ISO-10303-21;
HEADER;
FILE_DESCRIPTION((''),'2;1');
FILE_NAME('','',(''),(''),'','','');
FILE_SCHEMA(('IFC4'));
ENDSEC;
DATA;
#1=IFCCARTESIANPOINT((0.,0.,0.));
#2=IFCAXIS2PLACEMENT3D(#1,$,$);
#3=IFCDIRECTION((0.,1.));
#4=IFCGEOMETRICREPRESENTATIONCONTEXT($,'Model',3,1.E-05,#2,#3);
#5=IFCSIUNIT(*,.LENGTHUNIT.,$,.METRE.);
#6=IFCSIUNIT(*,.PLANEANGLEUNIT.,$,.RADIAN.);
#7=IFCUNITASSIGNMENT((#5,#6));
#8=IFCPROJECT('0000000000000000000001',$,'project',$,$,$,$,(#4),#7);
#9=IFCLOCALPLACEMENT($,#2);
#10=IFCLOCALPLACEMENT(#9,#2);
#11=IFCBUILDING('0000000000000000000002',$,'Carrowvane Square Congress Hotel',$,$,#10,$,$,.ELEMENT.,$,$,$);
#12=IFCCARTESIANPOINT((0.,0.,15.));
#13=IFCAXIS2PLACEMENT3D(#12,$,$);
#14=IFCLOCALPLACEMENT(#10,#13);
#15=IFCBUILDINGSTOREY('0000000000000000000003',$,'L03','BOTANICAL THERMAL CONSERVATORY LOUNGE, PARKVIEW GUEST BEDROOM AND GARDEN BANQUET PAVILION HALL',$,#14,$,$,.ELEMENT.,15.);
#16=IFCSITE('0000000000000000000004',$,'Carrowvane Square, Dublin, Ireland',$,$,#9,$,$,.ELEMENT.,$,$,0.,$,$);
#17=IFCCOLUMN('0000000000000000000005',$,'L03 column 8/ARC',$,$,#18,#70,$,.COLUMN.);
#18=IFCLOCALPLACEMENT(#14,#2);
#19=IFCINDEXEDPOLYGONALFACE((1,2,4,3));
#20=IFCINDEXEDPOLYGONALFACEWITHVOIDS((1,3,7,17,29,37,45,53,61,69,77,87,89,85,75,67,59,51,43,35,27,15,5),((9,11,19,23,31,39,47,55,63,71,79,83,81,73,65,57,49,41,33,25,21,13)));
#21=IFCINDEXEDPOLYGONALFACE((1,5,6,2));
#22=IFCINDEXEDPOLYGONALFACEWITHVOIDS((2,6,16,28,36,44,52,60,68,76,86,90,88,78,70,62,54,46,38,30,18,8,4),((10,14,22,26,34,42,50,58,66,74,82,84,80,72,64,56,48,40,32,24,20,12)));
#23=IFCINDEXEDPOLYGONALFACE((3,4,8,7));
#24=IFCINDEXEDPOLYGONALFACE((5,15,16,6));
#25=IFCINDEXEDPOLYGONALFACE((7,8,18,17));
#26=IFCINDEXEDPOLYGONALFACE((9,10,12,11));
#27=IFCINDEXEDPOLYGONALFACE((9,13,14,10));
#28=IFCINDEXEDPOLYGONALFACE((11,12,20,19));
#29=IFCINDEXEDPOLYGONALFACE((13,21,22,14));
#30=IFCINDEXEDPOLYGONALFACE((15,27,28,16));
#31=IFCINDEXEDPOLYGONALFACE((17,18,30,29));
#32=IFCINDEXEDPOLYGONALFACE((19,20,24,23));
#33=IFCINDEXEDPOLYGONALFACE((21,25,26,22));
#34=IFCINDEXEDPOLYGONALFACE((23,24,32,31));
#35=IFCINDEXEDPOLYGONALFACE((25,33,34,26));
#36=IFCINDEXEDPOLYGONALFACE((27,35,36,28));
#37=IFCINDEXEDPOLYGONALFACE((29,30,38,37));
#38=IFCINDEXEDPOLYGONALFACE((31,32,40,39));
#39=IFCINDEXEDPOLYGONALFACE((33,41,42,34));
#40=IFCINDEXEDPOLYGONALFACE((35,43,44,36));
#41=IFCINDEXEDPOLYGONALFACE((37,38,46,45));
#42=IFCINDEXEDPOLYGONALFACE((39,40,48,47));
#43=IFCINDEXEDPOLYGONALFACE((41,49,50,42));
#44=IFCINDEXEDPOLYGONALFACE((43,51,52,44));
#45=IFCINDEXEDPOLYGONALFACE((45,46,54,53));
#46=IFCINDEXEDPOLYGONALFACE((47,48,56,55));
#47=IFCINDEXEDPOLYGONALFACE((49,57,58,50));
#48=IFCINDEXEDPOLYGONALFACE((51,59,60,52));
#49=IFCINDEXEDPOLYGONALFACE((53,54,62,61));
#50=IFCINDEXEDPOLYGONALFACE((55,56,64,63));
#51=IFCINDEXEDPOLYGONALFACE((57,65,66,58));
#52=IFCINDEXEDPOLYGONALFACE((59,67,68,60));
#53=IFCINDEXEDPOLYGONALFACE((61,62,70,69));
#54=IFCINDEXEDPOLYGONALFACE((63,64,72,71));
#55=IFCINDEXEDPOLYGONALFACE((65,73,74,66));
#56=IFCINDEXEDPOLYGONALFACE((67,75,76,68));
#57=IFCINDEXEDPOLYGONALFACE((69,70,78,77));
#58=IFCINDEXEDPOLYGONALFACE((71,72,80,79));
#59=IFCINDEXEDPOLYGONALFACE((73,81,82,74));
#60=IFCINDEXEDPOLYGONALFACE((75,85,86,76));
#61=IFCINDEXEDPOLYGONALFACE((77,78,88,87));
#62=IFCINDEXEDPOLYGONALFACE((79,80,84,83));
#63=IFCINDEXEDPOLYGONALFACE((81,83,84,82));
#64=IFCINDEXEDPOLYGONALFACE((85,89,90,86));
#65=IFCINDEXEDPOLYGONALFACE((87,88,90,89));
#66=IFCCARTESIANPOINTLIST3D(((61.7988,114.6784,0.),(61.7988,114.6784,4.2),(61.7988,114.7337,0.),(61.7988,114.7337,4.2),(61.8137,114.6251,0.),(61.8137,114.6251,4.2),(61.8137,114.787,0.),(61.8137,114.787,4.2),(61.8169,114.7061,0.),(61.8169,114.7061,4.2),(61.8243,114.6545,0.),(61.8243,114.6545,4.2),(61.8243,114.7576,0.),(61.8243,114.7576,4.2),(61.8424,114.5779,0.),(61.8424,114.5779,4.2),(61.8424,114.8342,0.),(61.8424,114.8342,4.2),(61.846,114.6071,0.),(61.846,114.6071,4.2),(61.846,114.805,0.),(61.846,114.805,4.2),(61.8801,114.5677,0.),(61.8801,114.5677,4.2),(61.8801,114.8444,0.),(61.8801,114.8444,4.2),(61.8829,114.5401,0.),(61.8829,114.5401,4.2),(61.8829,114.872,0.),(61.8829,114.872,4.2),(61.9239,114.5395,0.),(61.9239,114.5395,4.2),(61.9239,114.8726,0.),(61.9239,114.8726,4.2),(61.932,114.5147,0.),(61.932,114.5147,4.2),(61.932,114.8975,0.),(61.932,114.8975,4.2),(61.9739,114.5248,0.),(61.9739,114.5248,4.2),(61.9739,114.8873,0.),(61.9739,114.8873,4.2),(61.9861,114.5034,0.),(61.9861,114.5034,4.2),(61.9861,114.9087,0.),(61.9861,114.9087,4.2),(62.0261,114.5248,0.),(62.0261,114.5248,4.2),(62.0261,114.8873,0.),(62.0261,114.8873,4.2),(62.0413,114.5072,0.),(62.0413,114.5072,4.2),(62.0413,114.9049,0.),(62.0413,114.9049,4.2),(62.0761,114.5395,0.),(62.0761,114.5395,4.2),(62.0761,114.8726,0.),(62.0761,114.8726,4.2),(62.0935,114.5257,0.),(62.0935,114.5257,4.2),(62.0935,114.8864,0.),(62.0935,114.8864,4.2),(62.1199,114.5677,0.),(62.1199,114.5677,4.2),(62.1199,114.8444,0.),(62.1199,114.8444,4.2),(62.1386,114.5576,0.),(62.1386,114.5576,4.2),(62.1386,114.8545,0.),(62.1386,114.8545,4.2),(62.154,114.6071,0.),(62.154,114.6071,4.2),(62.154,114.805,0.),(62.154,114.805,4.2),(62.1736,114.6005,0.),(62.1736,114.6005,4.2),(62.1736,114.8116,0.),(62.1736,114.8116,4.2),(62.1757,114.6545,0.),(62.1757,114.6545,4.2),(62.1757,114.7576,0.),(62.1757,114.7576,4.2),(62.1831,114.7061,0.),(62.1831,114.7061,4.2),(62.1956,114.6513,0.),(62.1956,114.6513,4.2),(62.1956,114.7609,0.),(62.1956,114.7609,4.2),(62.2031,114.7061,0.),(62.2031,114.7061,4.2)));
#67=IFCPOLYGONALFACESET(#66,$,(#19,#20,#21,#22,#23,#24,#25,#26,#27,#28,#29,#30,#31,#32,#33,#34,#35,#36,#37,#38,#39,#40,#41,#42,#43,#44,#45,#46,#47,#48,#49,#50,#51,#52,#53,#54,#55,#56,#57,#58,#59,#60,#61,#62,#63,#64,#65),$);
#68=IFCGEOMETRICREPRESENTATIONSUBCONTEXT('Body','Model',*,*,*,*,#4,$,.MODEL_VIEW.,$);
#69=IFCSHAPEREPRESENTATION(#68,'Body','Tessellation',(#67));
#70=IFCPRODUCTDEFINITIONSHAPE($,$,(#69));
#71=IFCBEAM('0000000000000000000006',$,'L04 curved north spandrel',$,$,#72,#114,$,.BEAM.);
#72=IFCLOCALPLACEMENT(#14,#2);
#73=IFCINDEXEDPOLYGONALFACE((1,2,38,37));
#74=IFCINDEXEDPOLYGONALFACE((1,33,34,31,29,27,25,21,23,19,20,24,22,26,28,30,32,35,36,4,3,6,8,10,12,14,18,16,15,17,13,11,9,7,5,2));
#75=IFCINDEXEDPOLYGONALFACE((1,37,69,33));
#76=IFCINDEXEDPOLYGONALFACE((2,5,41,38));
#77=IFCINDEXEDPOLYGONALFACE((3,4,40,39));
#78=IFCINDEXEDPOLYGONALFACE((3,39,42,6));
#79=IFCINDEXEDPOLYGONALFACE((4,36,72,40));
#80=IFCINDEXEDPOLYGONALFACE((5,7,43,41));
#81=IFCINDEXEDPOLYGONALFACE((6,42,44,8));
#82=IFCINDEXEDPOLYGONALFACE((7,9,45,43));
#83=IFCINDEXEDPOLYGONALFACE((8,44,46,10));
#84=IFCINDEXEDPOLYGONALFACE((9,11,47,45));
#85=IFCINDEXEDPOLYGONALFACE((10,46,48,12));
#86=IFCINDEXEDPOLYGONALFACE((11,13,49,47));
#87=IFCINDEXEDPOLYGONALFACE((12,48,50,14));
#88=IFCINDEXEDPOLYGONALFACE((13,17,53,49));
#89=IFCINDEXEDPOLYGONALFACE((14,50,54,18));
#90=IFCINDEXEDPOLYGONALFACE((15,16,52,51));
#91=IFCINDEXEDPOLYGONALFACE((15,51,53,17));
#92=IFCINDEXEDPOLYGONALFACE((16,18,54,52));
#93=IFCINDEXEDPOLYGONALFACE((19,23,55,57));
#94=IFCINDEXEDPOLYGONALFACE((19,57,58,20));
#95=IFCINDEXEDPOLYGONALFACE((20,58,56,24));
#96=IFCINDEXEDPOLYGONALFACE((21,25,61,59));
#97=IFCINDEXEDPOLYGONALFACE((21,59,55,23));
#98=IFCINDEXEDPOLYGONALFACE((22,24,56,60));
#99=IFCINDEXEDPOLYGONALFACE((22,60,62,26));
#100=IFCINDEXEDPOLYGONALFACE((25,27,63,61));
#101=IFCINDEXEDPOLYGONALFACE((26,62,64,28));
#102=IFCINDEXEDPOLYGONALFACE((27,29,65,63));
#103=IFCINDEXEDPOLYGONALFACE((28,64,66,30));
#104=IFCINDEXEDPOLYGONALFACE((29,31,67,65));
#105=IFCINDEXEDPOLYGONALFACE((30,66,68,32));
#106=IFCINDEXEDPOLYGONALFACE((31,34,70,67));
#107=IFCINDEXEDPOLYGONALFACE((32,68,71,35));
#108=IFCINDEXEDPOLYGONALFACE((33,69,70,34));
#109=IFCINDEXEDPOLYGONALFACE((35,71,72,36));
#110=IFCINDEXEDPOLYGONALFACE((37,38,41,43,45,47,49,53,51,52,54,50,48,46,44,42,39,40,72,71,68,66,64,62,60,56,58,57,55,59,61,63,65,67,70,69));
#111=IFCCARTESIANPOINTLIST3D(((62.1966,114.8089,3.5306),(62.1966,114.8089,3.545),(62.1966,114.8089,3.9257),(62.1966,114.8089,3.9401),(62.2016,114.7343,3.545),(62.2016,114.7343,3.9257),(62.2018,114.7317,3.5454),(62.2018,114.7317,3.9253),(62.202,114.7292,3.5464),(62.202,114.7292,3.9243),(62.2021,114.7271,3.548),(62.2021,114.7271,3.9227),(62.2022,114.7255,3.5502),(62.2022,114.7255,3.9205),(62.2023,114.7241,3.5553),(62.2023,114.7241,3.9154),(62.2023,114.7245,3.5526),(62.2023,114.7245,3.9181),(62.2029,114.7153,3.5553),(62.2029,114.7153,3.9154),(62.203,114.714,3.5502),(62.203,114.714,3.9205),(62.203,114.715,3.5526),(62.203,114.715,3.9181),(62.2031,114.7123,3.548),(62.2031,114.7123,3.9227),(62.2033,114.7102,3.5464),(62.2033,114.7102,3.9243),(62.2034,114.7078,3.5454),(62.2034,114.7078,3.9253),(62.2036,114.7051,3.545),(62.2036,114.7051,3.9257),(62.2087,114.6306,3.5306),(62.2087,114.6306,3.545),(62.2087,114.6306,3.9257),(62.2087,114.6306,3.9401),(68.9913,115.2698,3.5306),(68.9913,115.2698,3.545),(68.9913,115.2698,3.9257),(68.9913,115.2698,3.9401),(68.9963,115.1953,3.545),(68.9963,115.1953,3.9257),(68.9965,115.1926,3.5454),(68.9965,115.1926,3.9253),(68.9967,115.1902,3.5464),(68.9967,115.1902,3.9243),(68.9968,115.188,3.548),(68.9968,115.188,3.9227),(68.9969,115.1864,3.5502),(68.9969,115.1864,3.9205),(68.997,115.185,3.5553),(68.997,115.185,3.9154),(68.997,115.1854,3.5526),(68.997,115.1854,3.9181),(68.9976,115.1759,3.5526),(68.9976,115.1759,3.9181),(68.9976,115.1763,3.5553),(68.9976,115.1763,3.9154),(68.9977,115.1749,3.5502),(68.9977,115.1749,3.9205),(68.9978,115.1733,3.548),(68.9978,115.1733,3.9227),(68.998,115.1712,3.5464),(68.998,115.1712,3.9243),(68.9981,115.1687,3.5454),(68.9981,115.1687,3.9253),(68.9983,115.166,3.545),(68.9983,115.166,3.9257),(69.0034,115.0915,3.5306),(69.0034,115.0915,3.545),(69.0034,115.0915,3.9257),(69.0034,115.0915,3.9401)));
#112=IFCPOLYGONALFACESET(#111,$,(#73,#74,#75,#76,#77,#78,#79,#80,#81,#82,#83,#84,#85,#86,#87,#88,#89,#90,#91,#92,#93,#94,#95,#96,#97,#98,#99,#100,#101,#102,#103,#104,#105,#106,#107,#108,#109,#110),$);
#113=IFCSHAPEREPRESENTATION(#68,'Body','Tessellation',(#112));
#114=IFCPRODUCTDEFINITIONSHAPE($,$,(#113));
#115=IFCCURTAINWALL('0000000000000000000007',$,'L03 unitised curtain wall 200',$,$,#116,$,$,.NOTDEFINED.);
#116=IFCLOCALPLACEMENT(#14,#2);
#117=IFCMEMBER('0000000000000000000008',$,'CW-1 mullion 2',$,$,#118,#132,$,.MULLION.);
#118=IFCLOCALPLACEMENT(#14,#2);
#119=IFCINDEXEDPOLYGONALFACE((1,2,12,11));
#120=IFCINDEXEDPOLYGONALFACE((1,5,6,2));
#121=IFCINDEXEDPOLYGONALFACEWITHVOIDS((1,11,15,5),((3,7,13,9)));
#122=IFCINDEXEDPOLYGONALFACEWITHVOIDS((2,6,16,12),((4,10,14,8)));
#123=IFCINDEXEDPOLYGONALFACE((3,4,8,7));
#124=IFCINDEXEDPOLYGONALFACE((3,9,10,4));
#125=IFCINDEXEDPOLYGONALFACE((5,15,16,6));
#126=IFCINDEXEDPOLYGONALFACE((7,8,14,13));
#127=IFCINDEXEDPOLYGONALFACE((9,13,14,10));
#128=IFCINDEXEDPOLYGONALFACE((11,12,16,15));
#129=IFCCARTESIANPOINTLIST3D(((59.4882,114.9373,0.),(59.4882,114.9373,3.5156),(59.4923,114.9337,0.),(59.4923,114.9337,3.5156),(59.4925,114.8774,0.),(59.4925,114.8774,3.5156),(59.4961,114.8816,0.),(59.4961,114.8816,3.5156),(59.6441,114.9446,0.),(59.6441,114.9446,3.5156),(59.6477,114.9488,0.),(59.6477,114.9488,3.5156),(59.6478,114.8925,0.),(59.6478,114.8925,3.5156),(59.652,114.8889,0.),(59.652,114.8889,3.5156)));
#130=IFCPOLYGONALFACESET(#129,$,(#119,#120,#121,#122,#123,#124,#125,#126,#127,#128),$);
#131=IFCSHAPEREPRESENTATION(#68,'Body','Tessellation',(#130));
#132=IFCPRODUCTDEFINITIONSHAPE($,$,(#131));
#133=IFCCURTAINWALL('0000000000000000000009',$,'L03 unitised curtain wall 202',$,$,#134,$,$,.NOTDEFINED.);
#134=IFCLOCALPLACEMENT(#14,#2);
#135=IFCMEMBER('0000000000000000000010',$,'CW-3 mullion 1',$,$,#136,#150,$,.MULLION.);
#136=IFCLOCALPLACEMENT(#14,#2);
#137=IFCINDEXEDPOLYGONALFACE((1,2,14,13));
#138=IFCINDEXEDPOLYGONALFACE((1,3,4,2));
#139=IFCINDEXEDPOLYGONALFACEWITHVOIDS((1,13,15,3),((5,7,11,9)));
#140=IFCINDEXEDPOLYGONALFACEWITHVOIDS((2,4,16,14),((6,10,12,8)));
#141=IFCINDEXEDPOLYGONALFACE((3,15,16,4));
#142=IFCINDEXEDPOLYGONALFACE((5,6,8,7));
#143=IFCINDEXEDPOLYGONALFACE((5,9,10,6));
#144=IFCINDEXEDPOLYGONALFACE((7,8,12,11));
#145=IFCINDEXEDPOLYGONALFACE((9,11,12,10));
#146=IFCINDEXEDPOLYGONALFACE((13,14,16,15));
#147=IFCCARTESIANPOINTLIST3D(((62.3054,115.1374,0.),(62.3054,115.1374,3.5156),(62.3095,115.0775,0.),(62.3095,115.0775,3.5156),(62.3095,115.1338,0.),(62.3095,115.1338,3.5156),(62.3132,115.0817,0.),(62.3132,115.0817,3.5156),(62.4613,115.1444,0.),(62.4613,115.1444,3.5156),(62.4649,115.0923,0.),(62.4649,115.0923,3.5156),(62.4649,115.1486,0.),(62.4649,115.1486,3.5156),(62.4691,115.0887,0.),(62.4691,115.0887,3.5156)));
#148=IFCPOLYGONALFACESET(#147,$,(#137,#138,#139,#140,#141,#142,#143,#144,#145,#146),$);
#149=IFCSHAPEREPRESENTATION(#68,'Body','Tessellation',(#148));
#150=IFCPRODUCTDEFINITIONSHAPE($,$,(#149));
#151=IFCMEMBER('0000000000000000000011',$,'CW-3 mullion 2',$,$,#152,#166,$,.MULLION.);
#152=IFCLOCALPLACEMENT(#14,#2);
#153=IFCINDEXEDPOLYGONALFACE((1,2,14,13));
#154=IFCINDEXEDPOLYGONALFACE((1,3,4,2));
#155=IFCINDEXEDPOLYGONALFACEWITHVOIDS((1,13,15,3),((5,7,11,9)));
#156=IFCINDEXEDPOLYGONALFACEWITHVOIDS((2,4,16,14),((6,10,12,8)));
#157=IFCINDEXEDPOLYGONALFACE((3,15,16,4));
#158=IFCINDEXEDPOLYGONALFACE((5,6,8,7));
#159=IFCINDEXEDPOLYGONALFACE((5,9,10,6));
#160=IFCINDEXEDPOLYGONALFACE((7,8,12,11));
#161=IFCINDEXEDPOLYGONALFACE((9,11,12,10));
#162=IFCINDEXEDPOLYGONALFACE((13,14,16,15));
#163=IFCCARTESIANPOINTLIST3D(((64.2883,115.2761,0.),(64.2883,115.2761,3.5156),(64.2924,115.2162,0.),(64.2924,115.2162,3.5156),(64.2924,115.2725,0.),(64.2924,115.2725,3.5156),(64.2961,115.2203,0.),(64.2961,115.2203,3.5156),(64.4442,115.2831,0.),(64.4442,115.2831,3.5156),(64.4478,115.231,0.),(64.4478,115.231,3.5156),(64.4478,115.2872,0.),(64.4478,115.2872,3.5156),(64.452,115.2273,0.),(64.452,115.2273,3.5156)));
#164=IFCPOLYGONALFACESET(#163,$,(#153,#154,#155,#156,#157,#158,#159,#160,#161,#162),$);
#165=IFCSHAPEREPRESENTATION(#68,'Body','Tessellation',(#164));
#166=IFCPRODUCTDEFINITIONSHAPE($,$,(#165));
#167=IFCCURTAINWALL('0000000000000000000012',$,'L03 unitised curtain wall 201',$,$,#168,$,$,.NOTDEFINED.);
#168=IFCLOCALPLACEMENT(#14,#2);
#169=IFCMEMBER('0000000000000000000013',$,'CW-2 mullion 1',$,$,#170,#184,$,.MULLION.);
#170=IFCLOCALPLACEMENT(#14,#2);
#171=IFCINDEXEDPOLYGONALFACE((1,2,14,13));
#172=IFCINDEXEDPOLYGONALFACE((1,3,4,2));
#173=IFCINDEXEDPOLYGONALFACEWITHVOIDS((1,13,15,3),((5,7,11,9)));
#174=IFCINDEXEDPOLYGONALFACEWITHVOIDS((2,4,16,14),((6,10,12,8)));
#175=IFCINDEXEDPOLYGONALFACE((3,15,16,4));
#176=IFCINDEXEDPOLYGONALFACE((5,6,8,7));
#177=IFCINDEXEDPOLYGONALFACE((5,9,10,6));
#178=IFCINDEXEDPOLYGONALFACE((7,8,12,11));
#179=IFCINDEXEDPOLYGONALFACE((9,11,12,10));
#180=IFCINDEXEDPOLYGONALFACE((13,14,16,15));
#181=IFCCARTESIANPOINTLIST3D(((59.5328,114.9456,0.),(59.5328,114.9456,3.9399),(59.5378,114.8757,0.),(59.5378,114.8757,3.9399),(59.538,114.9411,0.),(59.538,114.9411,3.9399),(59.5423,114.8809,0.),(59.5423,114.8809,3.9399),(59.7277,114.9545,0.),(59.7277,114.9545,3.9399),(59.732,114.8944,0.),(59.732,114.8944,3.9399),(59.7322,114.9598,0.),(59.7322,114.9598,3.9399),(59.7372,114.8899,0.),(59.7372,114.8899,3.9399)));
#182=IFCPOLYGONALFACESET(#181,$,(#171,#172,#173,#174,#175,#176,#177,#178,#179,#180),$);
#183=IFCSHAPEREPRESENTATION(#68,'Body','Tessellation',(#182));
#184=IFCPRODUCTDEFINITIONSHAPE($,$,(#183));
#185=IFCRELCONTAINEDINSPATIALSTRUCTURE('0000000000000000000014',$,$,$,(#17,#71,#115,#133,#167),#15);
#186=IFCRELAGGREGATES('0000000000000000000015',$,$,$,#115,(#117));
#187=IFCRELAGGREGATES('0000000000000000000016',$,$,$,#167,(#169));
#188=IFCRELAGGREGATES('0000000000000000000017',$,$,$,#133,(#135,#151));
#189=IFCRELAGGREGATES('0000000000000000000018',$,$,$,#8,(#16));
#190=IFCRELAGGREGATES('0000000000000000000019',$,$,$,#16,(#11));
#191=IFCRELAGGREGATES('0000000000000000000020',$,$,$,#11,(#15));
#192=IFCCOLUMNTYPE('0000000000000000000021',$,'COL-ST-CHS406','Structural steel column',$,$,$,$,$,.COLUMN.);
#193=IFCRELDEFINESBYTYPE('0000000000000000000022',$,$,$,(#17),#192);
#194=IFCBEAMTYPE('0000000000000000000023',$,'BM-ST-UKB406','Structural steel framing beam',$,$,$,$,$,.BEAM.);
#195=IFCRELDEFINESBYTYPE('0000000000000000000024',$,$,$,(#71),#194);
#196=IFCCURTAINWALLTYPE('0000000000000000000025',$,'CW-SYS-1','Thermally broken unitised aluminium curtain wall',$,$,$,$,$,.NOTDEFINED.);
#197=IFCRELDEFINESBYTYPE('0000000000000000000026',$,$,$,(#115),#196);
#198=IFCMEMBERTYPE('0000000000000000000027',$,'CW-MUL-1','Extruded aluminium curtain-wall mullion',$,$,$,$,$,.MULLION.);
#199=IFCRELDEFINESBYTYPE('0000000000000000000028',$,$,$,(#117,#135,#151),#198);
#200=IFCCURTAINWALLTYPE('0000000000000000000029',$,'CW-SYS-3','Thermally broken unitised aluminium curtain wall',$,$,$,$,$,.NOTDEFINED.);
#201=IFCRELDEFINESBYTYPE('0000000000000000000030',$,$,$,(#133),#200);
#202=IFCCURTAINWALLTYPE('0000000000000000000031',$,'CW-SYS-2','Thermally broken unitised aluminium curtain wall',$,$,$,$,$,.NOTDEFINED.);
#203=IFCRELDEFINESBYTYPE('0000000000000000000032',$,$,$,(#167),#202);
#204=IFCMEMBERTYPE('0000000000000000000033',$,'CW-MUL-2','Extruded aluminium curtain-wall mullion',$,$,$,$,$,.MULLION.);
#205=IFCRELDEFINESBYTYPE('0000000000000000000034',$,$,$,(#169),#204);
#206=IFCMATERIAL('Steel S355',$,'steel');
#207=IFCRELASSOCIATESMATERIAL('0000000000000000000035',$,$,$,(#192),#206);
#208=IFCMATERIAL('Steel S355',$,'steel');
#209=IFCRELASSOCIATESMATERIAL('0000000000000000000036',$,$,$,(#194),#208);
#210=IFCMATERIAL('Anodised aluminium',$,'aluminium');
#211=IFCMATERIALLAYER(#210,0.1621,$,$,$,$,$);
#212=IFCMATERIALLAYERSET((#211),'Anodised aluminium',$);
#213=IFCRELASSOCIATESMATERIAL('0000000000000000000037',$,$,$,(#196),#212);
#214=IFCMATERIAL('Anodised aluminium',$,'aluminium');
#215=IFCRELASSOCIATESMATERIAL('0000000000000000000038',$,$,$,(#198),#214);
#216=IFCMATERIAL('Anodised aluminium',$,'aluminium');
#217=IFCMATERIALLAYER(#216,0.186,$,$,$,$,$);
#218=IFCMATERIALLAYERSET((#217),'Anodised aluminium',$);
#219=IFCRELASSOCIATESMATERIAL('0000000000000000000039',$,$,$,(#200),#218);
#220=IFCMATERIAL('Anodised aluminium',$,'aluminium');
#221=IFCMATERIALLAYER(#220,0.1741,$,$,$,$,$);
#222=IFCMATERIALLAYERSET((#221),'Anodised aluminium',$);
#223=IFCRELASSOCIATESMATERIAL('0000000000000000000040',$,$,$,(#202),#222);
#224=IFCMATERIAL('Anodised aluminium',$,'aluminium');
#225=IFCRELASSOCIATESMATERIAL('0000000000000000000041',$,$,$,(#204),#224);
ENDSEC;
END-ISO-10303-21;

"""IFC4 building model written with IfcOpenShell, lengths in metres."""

from ifc_helpers import new_model, si_unit, direction, frame, origin, origin_2d, place, context, subcontext, project, spatial, hollow_rectangle, hollow_circle, i_section, extrude, material, layer, layer_set, material_profile, profile_set, type_object, element, aggregate, save


model = new_model("IFC4")

# Units and contexts
model_context = context("Model", 3, precision=1e-05, world=origin(), true_north=direction((0.0, 1.0)))
body_context = subcontext(model_context, "Body", "Model", "MODEL_VIEW")
ifc_project = project(units=[si_unit("LENGTHUNIT", "METRE"), si_unit("PLANEANGLEUNIT", "RADIAN")], contexts=[model_context])

# Site, building, storey
site_placement = place(None, origin())
site = spatial("IfcSite", under=ifc_project, at=site_placement, Name="Carrowvane Square, Dublin, Ireland", CompositionType="ELEMENT", RefElevation=0.0)
building_placement = place(site_placement, origin())
building = spatial("IfcBuilding", under=site, at=building_placement, Name="Carrowvane Square Congress Hotel", CompositionType="ELEMENT")
storey_placement = place(building_placement, frame((0.0, 0.0, 15.0)))
storey = spatial("IfcBuildingStorey", under=building, at=storey_placement, Name="L03", Description="BOTANICAL THERMAL CONSERVATORY LOUNGE, PARKVIEW GUEST BEDROOM AND GARDEN BANQUET PAVILION HALL", CompositionType="ELEMENT", Elevation=15.0)

# Column
ifc_material_1 = material(Name="Steel S355", Category="steel")
ifc_material_profile_1 = material_profile(ifc_material_1, hollow_circle(Radius=0.2031, WallThickness=0.02, at=origin_2d()), Name="CHS 406.4x20")
ifc_profile_set_1 = profile_set([ifc_material_profile_1], Name="Steel S355")
column_type = type_object("IfcColumnType", Name="COL-ST-CHS406", Description="Structural steel column", PredefinedType="COLUMN", material=ifc_profile_set_1)
column_placement = place(storey_placement, frame((62.0, 114.7061, 0.0), z_axis=(0.0, 0.0, 1.0), x_axis=(1.0, 0.0, 0.0)))
element("IfcColumn", 1, at=column_placement, inside=storey, type_object=column_type, Name="L03 column 8/ARC", PredefinedType="COLUMN", context=body_context, shape_type="SweptSolid", body=[
    extrude(hollow_circle(Radius=0.2031, WallThickness=0.02, at=origin_2d()), origin(), (0.0, 0.0, 1.0), 4.2),
])

# Beam
ifc_material_2 = material(Name="Steel S355", Category="steel")
ifc_material_profile_2 = material_profile(ifc_material_2, i_section(OverallWidth=0.1787, OverallDepth=0.4094, WebThickness=0.0088, FlangeThickness=0.0144, FilletRadius=0.0103, at=origin_2d()), Name="UKB 406x178x67")
ifc_profile_set_2 = profile_set([ifc_material_profile_2], Name="Steel S355")
beam_type = type_object("IfcBeamType", Name="BM-ST-UKB406", Description="Structural steel framing beam", PredefinedType="BEAM", material=ifc_profile_set_2)
beam_placement = place(storey_placement, frame((62.2026, 114.7197, 3.7354), z_axis=(0.997707, 0.067682, 0.0), x_axis=(-0.067682, 0.997707, 0.0)))
element("IfcBeam", 2, at=beam_placement, inside=storey, type_object=beam_type, Name="L04 curved north spandrel", PredefinedType="BEAM", context=body_context, shape_type="SweptSolid", body=[
    extrude(i_section(OverallWidth=0.1787, OverallDepth=0.4094, WebThickness=0.0088, FlangeThickness=0.0144, FilletRadius=0.0103, at=origin_2d()), origin(), (0.0, 0.0, 1.0), 6.8103),
])

# Curtain wall, member
ifc_material_3 = material(Name="Anodised aluminium", Category="aluminium")
ifc_layer_1 = layer(ifc_material_3, 0.1621)
ifc_layer_set_1 = layer_set([ifc_layer_1], Name="Anodised aluminium")
curtain_wall_type_1 = type_object("IfcCurtainWallType", Name="CW-SYS-1", Description="Thermally broken unitised aluminium curtain wall", PredefinedType="NOTDEFINED", material=ifc_layer_set_1)
curtain_wall_1_placement = place(storey_placement, origin())
curtain_wall_1 = element("IfcCurtainWall", 3, at=curtain_wall_1_placement, inside=storey, type_object=curtain_wall_type_1, Name="L03 unitised curtain wall 200", PredefinedType="NOTDEFINED")
ifc_material_4 = material(Name="Anodised aluminium", Category="aluminium")
ifc_material_profile_3 = material_profile(ifc_material_4, hollow_rectangle(XDim=0.0601, YDim=0.1599, WallThickness=0.0039, at=origin_2d()), Name="CW-ML 60x160x4")
ifc_profile_set_3 = profile_set([ifc_material_profile_3], Name="Anodised aluminium")
member_type_1 = type_object("IfcMemberType", Name="CW-MUL-1", Description="Extruded aluminium curtain-wall mullion", PredefinedType="MULLION", material=ifc_profile_set_3)
member_1_placement = place(storey_placement, frame((59.5701, 114.9131, 0.0), z_axis=(0.0, 0.0, 1.0), x_axis=(-0.071532, 0.997438, 0.0)))
member_1 = element("IfcMember", 4, at=member_1_placement, type_object=member_type_1, Name="CW-1 mullion 2", PredefinedType="MULLION", context=body_context, shape_type="SweptSolid", body=[
    extrude(hollow_rectangle(XDim=0.0601, YDim=0.1599, WallThickness=0.0039, at=origin_2d()), origin(), (0.0, 0.0, 1.0), 3.5156),
])
aggregate(curtain_wall_1, [member_1])

# Curtain walls, members
ifc_material_5 = material(Name="Anodised aluminium", Category="aluminium")
ifc_layer_2 = layer(ifc_material_5, 0.186)
ifc_layer_set_2 = layer_set([ifc_layer_2], Name="Anodised aluminium")
curtain_wall_type_2 = type_object("IfcCurtainWallType", Name="CW-SYS-3", Description="Thermally broken unitised aluminium curtain wall", PredefinedType="NOTDEFINED", material=ifc_layer_set_2)
curtain_wall_2_placement = place(storey_placement, origin())
curtain_wall_2 = element("IfcCurtainWall", 5, at=curtain_wall_2_placement, inside=storey, type_object=curtain_wall_type_2, Name="L03 unitised curtain wall 202", PredefinedType="NOTDEFINED")
member_2_placement = place(storey_placement, frame((62.3872, 115.113, 0.0), z_axis=(0.0, 0.0, 1.0), x_axis=(-0.069724, 0.997566, 0.0)))
member_2 = element("IfcMember", 6, at=member_2_placement, type_object=member_type_1, Name="CW-3 mullion 1", PredefinedType="MULLION", context=body_context, shape_type="SweptSolid", body=[
    extrude(hollow_rectangle(XDim=0.0601, YDim=0.1599, WallThickness=0.0039, at=origin_2d()), origin(), (0.0, 0.0, 1.0), 3.5156),
])
member_3_placement = place(storey_placement, frame((64.3701, 115.2517, 0.0), z_axis=(0.0, 0.0, 1.0), x_axis=(-0.069724, 0.997566, 0.0)))
member_3 = element("IfcMember", 7, at=member_3_placement, type_object=member_type_1, Name="CW-3 mullion 2", PredefinedType="MULLION", context=body_context, shape_type="SweptSolid", body=[
    extrude(hollow_rectangle(XDim=0.0601, YDim=0.1599, WallThickness=0.0039, at=origin_2d()), origin(), (0.0, 0.0, 1.0), 3.5156),
])
ifc_material_6 = material(Name="Anodised aluminium", Category="aluminium")
ifc_layer_3 = layer(ifc_material_6, 0.1741)
ifc_layer_set_3 = layer_set([ifc_layer_3], Name="Anodised aluminium")
curtain_wall_type_3 = type_object("IfcCurtainWallType", Name="CW-SYS-2", Description="Thermally broken unitised aluminium curtain wall", PredefinedType="NOTDEFINED", material=ifc_layer_set_3)
curtain_wall_3_placement = place(storey_placement, origin())
curtain_wall_3 = element("IfcCurtainWall", 8, at=curtain_wall_3_placement, inside=storey, type_object=curtain_wall_type_3, Name="L03 unitised curtain wall 201", PredefinedType="NOTDEFINED")
ifc_material_7 = material(Name="Anodised aluminium", Category="aluminium")
ifc_material_profile_4 = material_profile(ifc_material_7, hollow_rectangle(XDim=0.0701, YDim=0.2, WallThickness=0.0049, at=origin_2d()), Name="CW-ML 70x200x5")
ifc_profile_set_4 = profile_set([ifc_material_profile_4], Name="Anodised aluminium")
member_type_2 = type_object("IfcMemberType", Name="CW-MUL-2", Description="Extruded aluminium curtain-wall mullion", PredefinedType="MULLION", material=ifc_profile_set_4)
member_4_placement = place(storey_placement, frame((59.635, 114.9177, 0.0), z_axis=(0.0, 0.0, 1.0), x_axis=(-0.07096, 0.997479, 0.0)))
member_4 = element("IfcMember", 9, at=member_4_placement, type_object=member_type_2, Name="CW-2 mullion 1", PredefinedType="MULLION", context=body_context, shape_type="SweptSolid", body=[
    extrude(hollow_rectangle(XDim=0.0701, YDim=0.2, WallThickness=0.0049, at=origin_2d()), origin(), (0.0, 0.0, 1.0), 3.9399),
])

aggregate(curtain_wall_3, [member_4])
aggregate(curtain_wall_2, [member_2, member_3])

save(model, "model.ifc")
